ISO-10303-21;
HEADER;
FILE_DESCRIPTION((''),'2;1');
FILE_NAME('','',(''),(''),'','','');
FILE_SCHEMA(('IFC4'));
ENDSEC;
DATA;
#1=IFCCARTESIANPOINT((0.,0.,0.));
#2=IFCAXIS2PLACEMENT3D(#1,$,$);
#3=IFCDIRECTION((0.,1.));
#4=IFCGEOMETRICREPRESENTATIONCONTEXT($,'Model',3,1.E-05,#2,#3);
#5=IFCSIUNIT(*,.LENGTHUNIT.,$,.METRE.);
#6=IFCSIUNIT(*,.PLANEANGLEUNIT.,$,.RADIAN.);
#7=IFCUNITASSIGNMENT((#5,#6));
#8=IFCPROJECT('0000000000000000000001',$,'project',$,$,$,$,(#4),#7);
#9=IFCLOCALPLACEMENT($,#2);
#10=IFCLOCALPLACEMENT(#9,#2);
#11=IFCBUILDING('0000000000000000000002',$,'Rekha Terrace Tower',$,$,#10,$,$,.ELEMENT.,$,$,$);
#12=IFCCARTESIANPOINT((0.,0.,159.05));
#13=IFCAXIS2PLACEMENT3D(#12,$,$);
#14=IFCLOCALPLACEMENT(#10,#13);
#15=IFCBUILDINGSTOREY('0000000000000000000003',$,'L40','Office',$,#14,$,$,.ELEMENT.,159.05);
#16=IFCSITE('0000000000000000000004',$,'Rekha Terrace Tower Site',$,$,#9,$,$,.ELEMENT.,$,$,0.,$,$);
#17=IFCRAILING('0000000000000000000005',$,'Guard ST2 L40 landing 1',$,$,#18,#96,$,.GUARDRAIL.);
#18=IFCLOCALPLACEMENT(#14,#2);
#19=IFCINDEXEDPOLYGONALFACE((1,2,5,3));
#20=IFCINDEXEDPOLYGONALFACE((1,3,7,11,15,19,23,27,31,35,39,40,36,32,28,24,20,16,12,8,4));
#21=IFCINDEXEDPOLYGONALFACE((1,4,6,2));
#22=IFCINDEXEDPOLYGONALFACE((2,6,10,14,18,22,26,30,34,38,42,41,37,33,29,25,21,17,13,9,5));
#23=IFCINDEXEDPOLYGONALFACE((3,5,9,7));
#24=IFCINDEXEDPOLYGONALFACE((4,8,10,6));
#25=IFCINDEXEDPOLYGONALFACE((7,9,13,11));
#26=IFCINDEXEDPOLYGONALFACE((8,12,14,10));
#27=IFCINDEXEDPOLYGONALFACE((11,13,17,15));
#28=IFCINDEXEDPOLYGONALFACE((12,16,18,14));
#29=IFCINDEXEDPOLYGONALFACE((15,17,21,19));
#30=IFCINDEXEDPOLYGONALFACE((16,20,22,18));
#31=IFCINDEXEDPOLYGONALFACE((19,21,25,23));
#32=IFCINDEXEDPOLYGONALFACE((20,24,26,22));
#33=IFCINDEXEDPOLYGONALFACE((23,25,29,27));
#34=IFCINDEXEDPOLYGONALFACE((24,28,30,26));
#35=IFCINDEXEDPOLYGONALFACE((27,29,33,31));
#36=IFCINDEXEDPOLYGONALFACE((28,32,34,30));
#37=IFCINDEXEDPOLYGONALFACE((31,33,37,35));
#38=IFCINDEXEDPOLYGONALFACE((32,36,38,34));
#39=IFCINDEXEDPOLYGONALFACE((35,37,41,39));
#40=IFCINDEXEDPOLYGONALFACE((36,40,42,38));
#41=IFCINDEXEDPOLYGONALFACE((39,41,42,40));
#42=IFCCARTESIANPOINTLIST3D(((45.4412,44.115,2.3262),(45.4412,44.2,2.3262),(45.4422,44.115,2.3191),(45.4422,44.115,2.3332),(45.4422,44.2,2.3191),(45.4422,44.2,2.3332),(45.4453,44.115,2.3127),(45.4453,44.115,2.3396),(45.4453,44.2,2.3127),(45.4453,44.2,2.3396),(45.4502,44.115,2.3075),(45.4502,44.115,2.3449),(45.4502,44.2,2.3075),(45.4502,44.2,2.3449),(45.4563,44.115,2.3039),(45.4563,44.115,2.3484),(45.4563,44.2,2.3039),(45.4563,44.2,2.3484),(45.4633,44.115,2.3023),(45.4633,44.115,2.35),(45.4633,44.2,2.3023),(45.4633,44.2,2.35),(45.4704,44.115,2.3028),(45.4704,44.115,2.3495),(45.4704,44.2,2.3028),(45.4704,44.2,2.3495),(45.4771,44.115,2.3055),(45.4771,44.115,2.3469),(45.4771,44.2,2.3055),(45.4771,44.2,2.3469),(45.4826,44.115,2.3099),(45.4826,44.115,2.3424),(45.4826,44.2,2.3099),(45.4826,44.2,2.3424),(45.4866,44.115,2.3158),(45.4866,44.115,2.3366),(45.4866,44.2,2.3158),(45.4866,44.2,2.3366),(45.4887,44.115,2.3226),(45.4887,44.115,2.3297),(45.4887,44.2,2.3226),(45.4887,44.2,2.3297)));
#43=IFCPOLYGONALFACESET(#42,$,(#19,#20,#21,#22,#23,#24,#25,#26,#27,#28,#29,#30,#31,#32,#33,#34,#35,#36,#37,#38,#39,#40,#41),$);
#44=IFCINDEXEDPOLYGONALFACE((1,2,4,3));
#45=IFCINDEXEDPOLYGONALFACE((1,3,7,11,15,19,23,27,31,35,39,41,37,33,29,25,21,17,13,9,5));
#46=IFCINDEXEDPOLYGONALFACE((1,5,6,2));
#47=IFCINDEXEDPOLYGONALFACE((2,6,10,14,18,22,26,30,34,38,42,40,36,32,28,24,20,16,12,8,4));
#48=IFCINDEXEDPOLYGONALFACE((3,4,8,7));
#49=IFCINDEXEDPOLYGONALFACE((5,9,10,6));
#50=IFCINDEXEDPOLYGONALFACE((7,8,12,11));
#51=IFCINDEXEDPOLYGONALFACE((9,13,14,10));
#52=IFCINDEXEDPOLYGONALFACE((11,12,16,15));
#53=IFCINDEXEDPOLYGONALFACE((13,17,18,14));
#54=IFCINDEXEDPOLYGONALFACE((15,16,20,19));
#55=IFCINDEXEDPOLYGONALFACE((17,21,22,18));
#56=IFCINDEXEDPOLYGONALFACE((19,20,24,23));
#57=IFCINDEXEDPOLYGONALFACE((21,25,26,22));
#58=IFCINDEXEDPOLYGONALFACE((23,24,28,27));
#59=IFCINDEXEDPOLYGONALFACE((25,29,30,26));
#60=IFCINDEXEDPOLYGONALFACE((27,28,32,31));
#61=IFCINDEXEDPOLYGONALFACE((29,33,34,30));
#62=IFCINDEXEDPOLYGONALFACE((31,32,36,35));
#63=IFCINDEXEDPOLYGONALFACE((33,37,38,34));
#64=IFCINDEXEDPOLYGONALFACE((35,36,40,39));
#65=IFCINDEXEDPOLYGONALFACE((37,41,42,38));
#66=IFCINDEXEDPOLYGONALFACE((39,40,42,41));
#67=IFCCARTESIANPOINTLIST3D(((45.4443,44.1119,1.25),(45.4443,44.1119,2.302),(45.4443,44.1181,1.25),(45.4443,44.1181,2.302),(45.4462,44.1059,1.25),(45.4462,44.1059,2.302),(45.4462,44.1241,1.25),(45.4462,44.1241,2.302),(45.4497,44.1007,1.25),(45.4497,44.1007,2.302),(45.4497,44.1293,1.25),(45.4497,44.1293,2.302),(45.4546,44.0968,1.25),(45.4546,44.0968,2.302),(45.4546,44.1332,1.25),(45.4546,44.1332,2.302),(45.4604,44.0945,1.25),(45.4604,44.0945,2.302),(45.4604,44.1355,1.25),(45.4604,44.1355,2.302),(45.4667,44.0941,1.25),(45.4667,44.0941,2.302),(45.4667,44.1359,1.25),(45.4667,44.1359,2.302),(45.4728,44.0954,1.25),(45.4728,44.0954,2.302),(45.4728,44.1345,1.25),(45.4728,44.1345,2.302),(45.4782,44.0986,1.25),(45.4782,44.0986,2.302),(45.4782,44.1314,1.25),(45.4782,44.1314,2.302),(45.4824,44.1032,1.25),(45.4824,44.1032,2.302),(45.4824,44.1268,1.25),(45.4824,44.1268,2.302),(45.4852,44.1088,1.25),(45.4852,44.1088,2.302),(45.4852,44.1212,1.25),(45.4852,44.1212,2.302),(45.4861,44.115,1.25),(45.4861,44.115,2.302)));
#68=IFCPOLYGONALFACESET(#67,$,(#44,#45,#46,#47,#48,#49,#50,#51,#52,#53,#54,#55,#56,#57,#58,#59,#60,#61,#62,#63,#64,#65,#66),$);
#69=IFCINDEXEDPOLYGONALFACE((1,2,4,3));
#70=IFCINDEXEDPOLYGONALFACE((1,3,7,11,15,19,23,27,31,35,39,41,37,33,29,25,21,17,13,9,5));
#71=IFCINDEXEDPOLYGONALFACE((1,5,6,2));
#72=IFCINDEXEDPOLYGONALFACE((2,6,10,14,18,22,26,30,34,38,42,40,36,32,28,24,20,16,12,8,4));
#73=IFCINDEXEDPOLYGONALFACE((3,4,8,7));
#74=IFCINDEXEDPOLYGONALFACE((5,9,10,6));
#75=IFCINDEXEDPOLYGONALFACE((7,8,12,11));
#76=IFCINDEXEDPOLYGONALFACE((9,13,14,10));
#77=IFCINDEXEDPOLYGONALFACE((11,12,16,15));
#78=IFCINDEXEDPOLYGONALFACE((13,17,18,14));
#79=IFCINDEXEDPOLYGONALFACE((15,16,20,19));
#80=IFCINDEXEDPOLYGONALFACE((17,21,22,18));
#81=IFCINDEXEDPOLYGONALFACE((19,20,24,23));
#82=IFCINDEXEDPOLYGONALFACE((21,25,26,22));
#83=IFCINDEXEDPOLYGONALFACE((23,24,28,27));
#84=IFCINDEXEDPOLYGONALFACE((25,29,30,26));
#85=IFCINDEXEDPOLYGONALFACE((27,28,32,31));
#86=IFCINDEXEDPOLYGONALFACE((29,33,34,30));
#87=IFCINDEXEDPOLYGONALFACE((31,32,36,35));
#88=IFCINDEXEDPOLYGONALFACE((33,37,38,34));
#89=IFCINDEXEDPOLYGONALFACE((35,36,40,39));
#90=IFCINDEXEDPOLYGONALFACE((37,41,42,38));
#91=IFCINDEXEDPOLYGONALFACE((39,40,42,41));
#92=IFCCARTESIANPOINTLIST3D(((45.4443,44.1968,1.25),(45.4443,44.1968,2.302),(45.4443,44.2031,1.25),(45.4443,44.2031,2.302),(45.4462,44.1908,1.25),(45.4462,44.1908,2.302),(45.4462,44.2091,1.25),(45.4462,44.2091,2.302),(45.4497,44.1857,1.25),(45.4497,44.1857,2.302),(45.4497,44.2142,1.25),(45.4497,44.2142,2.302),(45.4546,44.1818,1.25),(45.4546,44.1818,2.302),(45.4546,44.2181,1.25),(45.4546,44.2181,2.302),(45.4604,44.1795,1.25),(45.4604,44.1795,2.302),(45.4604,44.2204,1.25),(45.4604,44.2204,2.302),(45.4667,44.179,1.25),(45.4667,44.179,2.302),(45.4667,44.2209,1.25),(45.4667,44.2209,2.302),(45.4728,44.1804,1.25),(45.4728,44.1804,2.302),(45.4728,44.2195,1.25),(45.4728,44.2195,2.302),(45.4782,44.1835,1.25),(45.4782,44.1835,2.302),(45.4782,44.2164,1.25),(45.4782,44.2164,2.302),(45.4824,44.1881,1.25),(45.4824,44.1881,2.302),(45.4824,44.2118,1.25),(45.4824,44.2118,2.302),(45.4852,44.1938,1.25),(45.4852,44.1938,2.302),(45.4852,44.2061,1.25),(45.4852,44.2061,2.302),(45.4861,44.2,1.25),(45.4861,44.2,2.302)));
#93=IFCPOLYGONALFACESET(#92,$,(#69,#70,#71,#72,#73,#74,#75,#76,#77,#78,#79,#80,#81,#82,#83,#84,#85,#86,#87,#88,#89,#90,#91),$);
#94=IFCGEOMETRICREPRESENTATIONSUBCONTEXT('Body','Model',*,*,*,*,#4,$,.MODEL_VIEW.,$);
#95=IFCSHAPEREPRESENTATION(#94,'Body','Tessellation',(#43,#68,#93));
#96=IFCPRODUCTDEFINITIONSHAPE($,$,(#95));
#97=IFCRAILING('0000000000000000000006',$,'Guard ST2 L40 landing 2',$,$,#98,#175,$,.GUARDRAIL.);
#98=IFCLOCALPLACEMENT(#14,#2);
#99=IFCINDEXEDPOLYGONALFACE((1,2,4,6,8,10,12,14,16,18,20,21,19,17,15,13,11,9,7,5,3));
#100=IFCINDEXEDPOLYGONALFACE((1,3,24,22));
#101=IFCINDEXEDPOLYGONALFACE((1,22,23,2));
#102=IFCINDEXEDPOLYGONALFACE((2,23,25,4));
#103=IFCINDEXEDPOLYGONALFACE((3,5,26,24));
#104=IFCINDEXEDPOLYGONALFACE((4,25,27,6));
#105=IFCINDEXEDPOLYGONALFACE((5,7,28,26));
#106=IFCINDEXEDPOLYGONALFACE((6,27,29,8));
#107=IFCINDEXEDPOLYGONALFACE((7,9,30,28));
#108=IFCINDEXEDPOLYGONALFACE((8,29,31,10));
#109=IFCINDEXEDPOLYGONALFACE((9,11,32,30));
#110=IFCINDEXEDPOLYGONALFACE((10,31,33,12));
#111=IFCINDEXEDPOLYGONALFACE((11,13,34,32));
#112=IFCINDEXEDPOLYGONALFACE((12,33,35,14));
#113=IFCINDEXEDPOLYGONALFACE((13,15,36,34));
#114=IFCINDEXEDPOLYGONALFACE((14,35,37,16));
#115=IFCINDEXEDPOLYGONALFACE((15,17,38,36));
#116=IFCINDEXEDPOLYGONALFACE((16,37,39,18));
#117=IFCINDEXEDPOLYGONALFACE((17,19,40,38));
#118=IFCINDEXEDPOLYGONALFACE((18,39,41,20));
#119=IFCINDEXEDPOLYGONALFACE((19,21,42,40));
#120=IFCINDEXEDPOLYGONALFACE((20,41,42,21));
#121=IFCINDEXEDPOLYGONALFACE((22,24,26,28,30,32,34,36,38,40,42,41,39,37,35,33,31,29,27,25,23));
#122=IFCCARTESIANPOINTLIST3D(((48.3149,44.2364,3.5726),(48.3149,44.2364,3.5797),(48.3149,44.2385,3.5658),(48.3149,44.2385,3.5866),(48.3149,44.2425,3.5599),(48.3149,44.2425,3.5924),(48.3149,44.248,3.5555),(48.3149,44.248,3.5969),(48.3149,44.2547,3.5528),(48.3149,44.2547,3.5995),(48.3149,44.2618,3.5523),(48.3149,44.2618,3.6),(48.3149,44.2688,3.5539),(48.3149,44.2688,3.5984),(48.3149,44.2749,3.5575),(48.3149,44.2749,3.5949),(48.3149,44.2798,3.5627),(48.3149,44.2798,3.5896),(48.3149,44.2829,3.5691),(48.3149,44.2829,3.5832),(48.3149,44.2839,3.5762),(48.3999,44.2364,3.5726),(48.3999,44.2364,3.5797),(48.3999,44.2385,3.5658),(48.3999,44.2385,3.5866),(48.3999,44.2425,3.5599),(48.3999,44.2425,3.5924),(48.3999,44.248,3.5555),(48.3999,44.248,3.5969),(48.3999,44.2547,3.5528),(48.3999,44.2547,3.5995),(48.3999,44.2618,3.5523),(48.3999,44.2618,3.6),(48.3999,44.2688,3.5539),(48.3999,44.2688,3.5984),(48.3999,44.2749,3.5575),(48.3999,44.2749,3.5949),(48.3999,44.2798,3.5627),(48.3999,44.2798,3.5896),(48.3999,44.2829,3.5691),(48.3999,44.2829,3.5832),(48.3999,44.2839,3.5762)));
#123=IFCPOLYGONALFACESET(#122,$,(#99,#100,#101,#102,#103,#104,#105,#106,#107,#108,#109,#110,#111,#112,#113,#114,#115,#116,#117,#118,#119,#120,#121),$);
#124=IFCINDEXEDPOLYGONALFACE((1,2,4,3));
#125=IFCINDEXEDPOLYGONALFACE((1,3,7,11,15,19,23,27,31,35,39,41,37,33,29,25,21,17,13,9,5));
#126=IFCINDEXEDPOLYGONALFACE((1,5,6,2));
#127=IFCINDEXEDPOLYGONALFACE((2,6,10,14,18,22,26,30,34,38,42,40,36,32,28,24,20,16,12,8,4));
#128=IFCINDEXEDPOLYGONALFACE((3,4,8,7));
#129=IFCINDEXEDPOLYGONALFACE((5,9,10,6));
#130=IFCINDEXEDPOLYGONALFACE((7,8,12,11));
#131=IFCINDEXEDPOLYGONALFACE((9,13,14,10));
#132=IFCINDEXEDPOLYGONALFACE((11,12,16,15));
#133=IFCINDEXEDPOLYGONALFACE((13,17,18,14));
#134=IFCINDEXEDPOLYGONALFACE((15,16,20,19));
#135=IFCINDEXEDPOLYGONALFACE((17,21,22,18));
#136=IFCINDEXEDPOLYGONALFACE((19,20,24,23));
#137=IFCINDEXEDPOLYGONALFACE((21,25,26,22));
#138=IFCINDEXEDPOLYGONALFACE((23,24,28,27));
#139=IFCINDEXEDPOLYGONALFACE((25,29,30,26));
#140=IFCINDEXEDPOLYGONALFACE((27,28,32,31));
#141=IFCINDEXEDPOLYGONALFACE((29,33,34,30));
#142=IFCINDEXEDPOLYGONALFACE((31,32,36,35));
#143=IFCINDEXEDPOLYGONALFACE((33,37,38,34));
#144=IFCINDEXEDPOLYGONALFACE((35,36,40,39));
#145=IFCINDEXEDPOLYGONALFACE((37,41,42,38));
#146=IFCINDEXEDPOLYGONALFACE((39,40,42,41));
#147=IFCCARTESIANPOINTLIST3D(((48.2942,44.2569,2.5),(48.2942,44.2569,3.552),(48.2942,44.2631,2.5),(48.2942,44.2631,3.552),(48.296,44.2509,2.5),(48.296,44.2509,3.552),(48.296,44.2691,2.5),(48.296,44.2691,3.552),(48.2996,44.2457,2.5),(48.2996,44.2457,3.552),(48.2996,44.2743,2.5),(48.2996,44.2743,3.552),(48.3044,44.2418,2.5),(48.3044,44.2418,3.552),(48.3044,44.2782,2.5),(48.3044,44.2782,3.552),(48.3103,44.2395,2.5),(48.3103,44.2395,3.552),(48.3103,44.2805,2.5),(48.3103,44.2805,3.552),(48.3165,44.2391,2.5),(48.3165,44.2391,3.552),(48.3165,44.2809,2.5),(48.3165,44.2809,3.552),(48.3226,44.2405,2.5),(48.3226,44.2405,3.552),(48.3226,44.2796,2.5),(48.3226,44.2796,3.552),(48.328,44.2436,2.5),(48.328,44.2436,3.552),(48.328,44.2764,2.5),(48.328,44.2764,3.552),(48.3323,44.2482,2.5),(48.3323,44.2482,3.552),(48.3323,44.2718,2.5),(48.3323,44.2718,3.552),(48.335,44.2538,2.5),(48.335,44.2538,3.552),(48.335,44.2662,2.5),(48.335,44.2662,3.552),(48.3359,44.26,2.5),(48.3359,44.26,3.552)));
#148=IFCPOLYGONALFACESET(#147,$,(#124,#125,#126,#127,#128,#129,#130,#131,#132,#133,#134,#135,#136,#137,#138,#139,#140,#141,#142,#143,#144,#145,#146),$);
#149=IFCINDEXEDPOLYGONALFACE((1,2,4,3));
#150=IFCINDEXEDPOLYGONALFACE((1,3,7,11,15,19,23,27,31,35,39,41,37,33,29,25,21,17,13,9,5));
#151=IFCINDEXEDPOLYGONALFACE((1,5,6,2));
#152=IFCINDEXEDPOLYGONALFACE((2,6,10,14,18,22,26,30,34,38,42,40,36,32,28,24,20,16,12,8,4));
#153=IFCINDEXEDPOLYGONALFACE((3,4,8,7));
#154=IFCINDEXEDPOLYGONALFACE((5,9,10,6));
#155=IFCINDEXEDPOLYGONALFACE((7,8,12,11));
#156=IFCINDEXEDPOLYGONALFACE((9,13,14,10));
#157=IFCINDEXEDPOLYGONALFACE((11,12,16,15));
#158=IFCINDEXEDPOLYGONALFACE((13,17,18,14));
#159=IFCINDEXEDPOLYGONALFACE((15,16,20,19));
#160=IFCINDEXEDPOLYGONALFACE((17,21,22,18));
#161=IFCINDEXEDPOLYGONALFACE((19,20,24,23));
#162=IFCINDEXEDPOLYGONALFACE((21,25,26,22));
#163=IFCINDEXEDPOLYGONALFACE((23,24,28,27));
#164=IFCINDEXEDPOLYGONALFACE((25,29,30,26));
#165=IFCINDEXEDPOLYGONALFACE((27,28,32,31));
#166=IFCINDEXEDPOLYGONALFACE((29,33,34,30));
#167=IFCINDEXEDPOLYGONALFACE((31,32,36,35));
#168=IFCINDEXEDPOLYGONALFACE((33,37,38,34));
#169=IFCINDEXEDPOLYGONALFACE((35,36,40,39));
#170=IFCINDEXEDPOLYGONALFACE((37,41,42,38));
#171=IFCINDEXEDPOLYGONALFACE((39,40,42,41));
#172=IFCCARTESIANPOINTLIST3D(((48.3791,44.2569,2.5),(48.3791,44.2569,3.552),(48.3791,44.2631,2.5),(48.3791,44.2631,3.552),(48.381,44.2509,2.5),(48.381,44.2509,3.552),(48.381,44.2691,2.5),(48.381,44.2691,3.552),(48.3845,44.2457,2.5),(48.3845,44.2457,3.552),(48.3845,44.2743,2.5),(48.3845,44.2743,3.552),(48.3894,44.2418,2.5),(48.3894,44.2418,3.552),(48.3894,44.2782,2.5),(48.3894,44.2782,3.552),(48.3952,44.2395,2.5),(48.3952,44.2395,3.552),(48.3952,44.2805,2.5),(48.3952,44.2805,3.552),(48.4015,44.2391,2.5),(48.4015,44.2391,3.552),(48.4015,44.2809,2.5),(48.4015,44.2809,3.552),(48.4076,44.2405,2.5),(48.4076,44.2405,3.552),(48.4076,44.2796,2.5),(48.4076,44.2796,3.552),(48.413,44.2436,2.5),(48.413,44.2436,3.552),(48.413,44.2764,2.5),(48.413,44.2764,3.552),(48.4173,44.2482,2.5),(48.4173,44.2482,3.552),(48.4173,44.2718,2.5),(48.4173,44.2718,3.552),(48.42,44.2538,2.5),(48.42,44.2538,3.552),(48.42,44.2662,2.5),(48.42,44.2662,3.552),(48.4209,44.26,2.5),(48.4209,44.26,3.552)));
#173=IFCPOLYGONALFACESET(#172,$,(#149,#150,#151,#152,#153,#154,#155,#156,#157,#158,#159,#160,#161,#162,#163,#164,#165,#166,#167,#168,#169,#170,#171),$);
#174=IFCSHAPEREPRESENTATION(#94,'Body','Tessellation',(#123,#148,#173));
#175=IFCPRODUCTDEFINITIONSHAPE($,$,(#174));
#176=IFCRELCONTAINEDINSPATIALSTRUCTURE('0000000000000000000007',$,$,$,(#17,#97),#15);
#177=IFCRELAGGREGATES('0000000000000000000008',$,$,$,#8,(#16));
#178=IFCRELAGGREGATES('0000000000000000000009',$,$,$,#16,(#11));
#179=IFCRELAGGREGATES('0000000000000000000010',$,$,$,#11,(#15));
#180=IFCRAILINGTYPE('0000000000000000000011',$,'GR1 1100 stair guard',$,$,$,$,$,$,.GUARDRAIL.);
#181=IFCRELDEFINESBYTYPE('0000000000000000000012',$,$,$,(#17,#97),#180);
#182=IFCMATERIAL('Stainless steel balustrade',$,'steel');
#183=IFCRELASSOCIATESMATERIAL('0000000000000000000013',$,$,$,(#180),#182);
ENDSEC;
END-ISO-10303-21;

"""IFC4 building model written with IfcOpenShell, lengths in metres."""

from ifc_helpers import new_model, si_unit, direction, frame, origin, origin_2d, place, context, subcontext, project, spatial, circle, extrude, material, type_object, element, save


model = new_model("IFC4")

# Units and contexts
model_context = context("Model", 3, precision=1e-05, world=origin(), true_north=direction((0.0, 1.0)))
body_context = subcontext(model_context, "Body", "Model", "MODEL_VIEW")
ifc_project = project(units=[si_unit("LENGTHUNIT", "METRE"), si_unit("PLANEANGLEUNIT", "RADIAN")], contexts=[model_context])

# Site, building, storey
site_placement = place(None, origin())
site = spatial("IfcSite", under=ifc_project, at=site_placement, Name="Rekha Terrace Tower Site", CompositionType="ELEMENT", RefElevation=0.0)
building_placement = place(site_placement, origin())
building = spatial("IfcBuilding", under=site, at=building_placement, Name="Rekha Terrace Tower", CompositionType="ELEMENT")
storey_placement = place(building_placement, frame((0.0, 0.0, 159.05)))
storey = spatial("IfcBuildingStorey", under=building, at=storey_placement, Name="L40", Description="Office", CompositionType="ELEMENT", Elevation=159.05)

# Railings
ifc_material_1 = material(Name="Stainless steel balustrade", Category="steel")
railing_type_1 = type_object("IfcRailingType", Name="GR1 1100 stair guard", PredefinedType="GUARDRAIL", material=ifc_material_1)
railing_1_placement = place(storey_placement, frame((45.4651, 44.115, 1.25)))
element("IfcRailing", 1, at=railing_1_placement, inside=storey, type_object=railing_type_1, Name="Guard ST2 L40 landing 1", PredefinedType="GUARDRAIL", context=body_context, shape_type="SweptSolid", body=[
    extrude(circle(Radius=0.0239, at=origin_2d()), frame((0.0, 0.0, 1.0762), z_axis=(0.0, 1.0, 0.0), x_axis=(-1.0, 0.0, 0.0)), (0.0, 0.0, 1.0), 0.085),
    extrude(circle(Radius=0.021, at=origin_2d()), origin(), (0.0, 0.0, 1.0), 1.052),
    extrude(circle(Radius=0.021, at=origin_2d()), frame((0.0, 0.085, 0.0)), (0.0, 0.0, 1.0), 1.052),
])
railing_2_placement = place(storey_placement, frame((48.3149, 44.26, 2.5)))
element("IfcRailing", 2, at=railing_2_placement, inside=storey, type_object=railing_type_1, Name="Guard ST2 L40 landing 2", PredefinedType="GUARDRAIL", context=body_context, shape_type="SweptSolid", body=[
    extrude(circle(Radius=0.0239, at=origin_2d()), frame((0.0, 0.0, 1.0762), z_axis=(1.0, 0.0, 0.0), x_axis=(0.0, 1.0, 0.0)), (0.0, 0.0, 1.0), 0.085),
    extrude(circle(Radius=0.021, at=origin_2d()), origin(), (0.0, 0.0, 1.0), 1.052),
    extrude(circle(Radius=0.021, at=origin_2d()), frame((0.085, 0.0, 0.0)), (0.0, 0.0, 1.0), 1.052),
])

save(model, "model.ifc")
